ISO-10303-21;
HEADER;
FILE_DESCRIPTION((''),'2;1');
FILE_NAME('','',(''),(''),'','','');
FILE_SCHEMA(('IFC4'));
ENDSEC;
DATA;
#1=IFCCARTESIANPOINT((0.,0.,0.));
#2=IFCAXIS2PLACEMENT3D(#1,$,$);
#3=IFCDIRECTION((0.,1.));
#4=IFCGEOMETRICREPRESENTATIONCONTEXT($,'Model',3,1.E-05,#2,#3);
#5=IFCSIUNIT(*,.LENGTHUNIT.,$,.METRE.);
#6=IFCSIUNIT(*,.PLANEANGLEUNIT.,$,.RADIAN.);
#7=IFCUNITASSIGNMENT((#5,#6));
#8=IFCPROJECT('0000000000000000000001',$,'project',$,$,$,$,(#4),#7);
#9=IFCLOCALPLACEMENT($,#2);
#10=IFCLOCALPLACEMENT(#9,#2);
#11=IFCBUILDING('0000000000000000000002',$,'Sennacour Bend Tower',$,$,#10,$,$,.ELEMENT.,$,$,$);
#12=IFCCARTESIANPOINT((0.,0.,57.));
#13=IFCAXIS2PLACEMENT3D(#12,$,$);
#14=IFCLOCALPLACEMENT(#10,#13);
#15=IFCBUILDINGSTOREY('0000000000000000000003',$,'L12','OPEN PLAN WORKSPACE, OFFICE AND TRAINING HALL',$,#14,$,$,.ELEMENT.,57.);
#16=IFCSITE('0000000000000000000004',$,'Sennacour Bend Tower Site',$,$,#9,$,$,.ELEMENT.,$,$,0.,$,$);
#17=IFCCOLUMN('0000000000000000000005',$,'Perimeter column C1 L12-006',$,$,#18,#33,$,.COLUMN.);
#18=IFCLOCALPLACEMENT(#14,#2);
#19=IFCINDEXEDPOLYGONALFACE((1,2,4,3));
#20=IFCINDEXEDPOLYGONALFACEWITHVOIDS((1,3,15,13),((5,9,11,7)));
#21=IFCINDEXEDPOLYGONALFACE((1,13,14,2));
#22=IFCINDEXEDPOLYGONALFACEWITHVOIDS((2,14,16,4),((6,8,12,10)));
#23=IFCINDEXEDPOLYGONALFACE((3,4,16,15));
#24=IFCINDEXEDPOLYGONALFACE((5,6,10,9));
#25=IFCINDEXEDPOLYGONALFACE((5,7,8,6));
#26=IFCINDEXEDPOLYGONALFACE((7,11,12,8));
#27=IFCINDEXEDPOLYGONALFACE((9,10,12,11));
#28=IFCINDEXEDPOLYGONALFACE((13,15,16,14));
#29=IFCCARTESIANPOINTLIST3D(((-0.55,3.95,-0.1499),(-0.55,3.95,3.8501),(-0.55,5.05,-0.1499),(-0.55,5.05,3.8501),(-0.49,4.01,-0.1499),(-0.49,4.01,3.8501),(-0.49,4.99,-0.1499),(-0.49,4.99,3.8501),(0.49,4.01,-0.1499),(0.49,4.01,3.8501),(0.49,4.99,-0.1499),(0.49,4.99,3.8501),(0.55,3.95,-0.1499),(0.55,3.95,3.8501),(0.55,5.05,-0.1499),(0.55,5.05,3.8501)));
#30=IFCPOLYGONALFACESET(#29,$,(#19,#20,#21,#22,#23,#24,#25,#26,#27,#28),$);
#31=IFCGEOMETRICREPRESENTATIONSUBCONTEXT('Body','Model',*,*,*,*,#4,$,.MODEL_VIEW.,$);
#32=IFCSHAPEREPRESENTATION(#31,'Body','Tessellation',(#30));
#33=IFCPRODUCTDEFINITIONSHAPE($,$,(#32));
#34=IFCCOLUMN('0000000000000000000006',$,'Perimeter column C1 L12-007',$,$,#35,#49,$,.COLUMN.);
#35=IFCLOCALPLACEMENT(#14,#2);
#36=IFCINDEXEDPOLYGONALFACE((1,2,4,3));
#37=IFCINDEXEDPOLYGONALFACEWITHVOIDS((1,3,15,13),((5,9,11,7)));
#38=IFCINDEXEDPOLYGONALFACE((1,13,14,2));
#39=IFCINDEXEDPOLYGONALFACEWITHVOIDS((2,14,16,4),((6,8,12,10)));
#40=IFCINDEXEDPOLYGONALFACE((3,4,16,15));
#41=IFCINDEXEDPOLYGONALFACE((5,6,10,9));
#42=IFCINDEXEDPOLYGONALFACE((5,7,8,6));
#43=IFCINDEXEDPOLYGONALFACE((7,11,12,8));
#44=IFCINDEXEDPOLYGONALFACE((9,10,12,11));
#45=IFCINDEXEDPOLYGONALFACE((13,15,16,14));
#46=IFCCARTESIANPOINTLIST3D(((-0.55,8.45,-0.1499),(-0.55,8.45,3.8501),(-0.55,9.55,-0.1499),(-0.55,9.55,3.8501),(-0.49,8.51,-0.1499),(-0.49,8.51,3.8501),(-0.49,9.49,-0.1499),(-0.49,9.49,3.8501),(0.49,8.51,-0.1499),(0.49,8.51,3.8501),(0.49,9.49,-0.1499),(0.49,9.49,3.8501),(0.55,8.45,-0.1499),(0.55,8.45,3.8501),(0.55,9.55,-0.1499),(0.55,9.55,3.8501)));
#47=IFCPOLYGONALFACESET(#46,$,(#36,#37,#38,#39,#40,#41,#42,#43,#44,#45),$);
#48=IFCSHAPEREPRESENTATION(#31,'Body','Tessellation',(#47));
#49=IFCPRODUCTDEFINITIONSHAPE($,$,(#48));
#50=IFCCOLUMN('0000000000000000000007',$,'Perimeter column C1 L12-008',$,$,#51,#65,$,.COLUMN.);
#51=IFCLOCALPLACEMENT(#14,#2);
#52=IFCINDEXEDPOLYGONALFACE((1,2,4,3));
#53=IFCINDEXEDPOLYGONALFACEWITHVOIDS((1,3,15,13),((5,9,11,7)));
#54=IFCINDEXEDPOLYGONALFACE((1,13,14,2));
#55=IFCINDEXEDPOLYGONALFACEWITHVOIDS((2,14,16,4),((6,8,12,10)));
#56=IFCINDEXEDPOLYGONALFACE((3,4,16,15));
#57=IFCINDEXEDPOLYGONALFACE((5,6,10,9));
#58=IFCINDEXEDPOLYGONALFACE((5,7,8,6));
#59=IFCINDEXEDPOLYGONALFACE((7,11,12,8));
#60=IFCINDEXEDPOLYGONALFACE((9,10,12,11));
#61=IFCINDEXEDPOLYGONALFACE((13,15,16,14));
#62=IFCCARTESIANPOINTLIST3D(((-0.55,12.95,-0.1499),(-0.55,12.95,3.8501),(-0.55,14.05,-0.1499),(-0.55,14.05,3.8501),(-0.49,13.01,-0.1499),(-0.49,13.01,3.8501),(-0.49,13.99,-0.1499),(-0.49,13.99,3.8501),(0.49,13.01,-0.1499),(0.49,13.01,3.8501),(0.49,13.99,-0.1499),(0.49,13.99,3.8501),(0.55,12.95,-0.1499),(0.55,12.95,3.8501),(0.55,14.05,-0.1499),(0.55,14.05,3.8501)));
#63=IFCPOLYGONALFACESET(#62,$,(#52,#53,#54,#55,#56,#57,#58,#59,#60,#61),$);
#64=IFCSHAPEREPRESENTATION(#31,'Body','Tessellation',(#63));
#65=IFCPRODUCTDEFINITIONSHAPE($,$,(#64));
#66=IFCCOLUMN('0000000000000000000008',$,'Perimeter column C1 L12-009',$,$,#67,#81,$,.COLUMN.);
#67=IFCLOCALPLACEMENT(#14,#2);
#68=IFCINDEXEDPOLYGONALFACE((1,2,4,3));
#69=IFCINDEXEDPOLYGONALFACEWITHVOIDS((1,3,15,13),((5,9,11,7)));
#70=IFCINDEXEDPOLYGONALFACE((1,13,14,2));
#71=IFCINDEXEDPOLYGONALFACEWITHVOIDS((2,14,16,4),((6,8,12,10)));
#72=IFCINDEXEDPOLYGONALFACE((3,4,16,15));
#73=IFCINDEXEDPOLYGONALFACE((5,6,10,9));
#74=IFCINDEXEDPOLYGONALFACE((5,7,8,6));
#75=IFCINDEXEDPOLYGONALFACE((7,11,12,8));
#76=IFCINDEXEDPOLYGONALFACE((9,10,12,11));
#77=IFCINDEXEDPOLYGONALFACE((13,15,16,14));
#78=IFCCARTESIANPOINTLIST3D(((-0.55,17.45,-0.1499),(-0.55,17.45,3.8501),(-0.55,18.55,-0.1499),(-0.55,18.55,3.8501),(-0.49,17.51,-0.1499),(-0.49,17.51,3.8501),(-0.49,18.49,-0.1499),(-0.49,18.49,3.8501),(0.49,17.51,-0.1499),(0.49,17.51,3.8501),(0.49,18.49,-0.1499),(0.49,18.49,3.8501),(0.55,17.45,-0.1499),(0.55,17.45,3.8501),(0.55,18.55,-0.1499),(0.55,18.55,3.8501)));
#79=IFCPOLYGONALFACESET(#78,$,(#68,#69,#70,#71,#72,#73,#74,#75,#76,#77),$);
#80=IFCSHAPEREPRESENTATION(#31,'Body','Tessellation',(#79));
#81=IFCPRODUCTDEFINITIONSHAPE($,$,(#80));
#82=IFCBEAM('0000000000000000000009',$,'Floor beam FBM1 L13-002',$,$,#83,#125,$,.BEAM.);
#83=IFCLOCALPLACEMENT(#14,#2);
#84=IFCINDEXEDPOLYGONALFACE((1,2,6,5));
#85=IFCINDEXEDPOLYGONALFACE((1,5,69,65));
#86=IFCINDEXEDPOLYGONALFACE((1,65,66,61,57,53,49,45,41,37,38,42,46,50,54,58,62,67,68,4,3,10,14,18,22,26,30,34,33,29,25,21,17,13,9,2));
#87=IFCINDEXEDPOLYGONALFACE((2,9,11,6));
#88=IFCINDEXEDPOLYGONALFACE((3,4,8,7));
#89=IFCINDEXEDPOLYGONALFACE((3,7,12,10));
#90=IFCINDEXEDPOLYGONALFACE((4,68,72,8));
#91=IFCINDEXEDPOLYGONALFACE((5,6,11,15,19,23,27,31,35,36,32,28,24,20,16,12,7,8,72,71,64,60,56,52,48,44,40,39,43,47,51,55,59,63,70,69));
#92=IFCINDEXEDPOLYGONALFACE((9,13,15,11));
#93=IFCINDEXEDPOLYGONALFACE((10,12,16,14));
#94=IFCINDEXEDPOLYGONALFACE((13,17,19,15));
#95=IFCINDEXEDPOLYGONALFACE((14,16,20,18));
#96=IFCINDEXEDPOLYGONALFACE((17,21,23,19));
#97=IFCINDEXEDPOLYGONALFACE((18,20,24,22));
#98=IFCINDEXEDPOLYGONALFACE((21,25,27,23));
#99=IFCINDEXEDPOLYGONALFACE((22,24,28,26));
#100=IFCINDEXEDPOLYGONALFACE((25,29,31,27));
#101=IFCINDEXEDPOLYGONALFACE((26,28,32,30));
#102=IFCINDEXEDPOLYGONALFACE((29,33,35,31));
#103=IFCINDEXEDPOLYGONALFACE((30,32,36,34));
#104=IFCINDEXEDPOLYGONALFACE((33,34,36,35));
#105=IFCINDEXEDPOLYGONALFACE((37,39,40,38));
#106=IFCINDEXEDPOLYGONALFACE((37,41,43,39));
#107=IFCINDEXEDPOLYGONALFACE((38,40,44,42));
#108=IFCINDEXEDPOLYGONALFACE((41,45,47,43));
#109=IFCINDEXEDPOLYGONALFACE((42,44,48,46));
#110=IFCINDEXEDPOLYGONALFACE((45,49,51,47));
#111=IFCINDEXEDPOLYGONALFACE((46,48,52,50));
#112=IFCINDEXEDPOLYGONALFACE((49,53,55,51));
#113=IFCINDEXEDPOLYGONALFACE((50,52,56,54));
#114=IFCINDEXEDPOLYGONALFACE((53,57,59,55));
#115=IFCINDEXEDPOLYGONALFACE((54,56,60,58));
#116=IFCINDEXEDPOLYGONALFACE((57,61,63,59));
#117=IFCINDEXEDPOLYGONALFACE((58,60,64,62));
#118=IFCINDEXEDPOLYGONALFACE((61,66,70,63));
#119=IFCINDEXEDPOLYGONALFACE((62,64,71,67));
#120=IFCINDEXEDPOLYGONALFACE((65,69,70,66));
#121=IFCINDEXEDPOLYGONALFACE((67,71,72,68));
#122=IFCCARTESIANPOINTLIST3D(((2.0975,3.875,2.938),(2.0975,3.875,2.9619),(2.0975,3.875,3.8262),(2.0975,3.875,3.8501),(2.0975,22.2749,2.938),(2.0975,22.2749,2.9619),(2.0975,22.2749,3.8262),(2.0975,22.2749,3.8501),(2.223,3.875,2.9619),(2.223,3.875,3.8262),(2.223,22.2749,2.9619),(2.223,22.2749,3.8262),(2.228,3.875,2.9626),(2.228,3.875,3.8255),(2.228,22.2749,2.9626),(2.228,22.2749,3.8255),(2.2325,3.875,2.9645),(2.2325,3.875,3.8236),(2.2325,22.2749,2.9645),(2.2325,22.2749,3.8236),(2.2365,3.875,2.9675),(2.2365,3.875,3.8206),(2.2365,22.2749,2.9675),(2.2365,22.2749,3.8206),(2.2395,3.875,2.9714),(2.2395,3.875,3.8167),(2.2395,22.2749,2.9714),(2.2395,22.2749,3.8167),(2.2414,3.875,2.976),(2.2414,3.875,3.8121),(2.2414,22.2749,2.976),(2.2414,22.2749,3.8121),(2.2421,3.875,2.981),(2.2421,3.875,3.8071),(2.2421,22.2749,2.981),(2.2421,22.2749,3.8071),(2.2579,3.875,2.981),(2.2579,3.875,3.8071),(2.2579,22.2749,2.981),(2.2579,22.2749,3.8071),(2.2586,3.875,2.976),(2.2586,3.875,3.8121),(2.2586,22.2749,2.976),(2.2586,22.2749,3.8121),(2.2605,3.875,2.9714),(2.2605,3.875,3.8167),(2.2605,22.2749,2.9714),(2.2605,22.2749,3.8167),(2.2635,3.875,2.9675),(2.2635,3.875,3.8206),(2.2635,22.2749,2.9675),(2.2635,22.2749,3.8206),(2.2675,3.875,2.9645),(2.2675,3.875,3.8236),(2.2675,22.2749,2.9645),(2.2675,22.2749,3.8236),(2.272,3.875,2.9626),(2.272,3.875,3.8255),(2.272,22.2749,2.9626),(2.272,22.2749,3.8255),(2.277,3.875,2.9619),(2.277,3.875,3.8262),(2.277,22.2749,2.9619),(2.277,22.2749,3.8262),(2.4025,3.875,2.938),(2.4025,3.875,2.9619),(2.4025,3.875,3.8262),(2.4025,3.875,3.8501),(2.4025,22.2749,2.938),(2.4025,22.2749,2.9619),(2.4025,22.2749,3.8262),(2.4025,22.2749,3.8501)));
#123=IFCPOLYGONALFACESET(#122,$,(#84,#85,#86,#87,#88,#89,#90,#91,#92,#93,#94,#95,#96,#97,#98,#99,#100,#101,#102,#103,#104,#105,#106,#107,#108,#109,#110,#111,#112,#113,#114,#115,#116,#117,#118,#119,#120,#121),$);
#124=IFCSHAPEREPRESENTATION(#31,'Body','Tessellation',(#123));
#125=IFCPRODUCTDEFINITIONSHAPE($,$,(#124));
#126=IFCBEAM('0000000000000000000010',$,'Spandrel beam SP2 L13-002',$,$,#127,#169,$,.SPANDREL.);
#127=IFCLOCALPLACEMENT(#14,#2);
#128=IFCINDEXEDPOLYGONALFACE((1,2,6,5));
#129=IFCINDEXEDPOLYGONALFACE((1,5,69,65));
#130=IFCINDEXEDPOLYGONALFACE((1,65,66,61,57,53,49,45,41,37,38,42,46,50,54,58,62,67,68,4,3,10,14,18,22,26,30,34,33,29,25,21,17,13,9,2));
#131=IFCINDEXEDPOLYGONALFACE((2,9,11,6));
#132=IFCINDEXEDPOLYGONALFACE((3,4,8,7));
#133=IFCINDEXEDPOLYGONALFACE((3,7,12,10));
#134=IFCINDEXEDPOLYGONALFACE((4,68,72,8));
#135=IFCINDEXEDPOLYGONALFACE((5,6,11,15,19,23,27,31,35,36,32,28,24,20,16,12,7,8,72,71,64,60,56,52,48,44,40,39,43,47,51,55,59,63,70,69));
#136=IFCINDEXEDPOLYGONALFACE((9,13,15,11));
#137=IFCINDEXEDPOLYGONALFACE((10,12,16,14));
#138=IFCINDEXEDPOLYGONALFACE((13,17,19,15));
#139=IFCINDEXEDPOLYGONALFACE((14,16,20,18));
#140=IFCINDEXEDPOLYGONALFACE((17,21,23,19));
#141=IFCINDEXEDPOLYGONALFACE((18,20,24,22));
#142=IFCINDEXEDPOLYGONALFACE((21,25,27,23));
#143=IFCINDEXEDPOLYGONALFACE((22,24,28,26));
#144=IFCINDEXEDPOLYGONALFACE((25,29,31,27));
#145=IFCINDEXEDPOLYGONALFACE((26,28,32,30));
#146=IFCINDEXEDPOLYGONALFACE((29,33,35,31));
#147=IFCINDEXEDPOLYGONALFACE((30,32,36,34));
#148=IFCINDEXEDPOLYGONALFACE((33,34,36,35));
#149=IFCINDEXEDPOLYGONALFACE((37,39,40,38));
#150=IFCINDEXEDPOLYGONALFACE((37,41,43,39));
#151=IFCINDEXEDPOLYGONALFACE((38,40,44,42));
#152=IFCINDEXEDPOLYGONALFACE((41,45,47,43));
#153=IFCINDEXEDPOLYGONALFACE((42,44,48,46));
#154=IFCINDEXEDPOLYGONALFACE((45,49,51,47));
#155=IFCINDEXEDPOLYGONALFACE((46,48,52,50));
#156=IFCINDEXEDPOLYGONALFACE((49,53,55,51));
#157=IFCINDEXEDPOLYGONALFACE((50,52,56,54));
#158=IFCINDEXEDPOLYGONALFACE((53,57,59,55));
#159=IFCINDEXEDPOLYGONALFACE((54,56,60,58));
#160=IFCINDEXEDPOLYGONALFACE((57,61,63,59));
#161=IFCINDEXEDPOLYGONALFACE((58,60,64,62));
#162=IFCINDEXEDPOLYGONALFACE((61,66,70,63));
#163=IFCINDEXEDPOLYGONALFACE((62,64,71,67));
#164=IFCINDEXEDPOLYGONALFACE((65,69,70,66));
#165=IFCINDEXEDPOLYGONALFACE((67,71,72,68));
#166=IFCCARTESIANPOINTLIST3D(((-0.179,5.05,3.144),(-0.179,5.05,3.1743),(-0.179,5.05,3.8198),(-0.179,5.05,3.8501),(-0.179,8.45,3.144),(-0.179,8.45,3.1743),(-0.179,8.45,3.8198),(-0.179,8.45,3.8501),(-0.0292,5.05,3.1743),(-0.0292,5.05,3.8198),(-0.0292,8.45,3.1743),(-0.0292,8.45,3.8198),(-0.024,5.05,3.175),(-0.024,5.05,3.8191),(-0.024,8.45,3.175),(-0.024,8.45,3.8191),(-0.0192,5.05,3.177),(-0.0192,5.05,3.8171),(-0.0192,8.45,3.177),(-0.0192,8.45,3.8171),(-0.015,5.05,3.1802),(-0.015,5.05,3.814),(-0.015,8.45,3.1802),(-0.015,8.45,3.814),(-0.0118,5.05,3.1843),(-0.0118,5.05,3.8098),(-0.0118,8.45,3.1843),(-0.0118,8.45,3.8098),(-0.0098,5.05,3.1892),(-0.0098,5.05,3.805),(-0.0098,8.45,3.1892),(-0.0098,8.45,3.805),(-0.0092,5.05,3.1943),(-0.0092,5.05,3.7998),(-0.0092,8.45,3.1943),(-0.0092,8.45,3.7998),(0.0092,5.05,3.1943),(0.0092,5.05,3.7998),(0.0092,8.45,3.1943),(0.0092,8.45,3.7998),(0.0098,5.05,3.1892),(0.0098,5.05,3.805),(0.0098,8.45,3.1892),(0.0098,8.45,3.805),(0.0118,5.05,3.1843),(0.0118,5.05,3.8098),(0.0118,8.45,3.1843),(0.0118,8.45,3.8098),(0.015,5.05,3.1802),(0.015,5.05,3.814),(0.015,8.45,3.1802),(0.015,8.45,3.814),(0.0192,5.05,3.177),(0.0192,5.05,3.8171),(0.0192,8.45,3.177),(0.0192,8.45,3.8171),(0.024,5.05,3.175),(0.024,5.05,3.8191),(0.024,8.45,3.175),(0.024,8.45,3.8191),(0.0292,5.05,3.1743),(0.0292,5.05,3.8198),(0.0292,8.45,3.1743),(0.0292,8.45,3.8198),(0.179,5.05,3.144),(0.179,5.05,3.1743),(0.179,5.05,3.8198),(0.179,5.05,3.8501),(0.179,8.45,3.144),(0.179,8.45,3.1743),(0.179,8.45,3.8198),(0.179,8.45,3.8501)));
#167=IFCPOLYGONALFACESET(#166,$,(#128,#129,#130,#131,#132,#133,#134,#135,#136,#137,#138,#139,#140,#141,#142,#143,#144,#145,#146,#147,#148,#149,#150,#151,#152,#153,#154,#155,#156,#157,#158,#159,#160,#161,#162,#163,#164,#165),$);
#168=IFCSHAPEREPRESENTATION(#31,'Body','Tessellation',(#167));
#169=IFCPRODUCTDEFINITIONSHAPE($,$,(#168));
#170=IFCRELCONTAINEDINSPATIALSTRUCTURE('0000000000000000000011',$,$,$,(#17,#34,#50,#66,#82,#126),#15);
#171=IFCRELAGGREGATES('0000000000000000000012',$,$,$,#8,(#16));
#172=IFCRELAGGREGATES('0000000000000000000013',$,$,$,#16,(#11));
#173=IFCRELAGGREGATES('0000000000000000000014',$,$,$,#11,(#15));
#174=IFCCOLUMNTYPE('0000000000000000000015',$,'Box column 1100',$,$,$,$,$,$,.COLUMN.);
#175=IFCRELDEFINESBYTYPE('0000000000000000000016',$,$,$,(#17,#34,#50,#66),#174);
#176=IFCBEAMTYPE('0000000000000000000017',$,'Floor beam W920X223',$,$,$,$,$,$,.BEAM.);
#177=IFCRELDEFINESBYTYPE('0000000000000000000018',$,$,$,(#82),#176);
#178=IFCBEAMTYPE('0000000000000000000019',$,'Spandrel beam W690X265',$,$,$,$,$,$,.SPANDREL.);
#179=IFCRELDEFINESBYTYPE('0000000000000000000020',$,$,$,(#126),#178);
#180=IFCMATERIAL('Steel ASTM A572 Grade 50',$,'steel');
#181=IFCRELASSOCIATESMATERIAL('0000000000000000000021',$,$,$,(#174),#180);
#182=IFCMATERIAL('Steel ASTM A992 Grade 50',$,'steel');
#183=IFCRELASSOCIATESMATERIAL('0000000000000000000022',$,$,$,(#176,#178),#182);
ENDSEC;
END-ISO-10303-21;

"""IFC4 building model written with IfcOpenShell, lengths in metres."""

from ifc_helpers import new_model, si_unit, direction, frame, origin, origin_2d, place, context, subcontext, project, spatial, hollow_rectangle, i_section, extrude, material, material_profile, profile_set, type_object, element, save


model = new_model("IFC4")

# Units and contexts
model_context = context("Model", 3, precision=1e-05, world=origin(), true_north=direction((0.0, 1.0)))
body_context = subcontext(model_context, "Body", "Model", "MODEL_VIEW")
ifc_project = project(units=[si_unit("LENGTHUNIT", "METRE"), si_unit("PLANEANGLEUNIT", "RADIAN")], contexts=[model_context])

# Site, building, storey
site_placement = place(None, origin())
site = spatial("IfcSite", under=ifc_project, at=site_placement, Name="Sennacour Bend Tower Site", CompositionType="ELEMENT", RefElevation=0.0)
building_placement = place(site_placement, origin())
building = spatial("IfcBuilding", under=site, at=building_placement, Name="Sennacour Bend Tower", CompositionType="ELEMENT")
storey_placement = place(building_placement, frame((0.0, 0.0, 57.0)))
storey = spatial("IfcBuildingStorey", under=building, at=storey_placement, Name="L12", Description="OPEN PLAN WORKSPACE, OFFICE AND TRAINING HALL", CompositionType="ELEMENT", Elevation=57.0)

# Columns
ifc_material_1 = material(Name="Steel ASTM A572 Grade 50", Category="steel")
ifc_material_profile_1 = material_profile(ifc_material_1, hollow_rectangle(XDim=1.1001, YDim=1.1001, WallThickness=0.0601, at=origin_2d()), Name="Steel ASTM A572 Grade 50", Category="steel")
ifc_profile_set_1 = profile_set([ifc_material_profile_1], Name="Steel ASTM A572 Grade 50")
column_type = type_object("IfcColumnType", Name="Box column 1100", PredefinedType="COLUMN", material=ifc_profile_set_1)
for number, where, z_axis, x_axis, name in (
    (1, (0.0, 4.5, -0.1499), (0.0, 0.0, 1.0), (1.0, 0.0, 0.0), "Perimeter column C1 L12-006"),
    (2, (0.0, 9.0, -0.1499), (0.0, 0.0, 1.0), (1.0, 0.0, 0.0), "Perimeter column C1 L12-007"),
    (3, (0.0, 13.5, -0.1499), (0.0, 0.0, 1.0), (1.0, 0.0, 0.0), "Perimeter column C1 L12-008"),
    (4, (0.0, 18.0, -0.1499), (0.0, 0.0, 1.0), (1.0, 0.0, 0.0), "Perimeter column C1 L12-009"),
):
    element("IfcColumn", number, at=place(storey_placement, frame(where, z_axis=z_axis, x_axis=x_axis)), inside=storey, type_object=column_type, Name=name, PredefinedType="COLUMN", context=body_context, shape_type="SweptSolid", body=[
        extrude(hollow_rectangle(XDim=1.1001, YDim=1.1001, WallThickness=0.0601, at=origin_2d()), origin(), (0.0, 0.0, 1.0), 4.0),
    ])

# Beams
ifc_material_2 = material(Name="Steel ASTM A992 Grade 50", Category="steel")
ifc_material_profile_2 = material_profile(ifc_material_2, i_section(OverallWidth=0.3049, OverallDepth=0.9121, WebThickness=0.0159, FlangeThickness=0.0239, FilletRadius=0.019, at=origin_2d()), Name="Steel ASTM A992 Grade 50", Category="steel")
ifc_profile_set_2 = profile_set([ifc_material_profile_2], Name="Steel ASTM A992 Grade 50")
beam_type_1 = type_object("IfcBeamType", Name="Floor beam W920X223", PredefinedType="BEAM", material=ifc_profile_set_2)
beam_placement = place(storey_placement, frame((2.25, 3.875, 3.394), z_axis=(0.0, 1.0, 0.0), x_axis=(-1.0, 0.0, 0.0)))
element("IfcBeam", 5, at=beam_placement, inside=storey, type_object=beam_type_1, Name="Floor beam FBM1 L13-002", PredefinedType="BEAM", context=body_context, shape_type="SweptSolid", body=[
    extrude(i_section(OverallWidth=0.3049, OverallDepth=0.9121, WebThickness=0.0159, FlangeThickness=0.0239, FilletRadius=0.019, at=origin_2d()), origin(), (0.0, 0.0, 1.0), 18.3999),
])
ifc_material_profile_3 = material_profile(ifc_material_2, i_section(OverallWidth=0.3579, OverallDepth=0.7061, WebThickness=0.0183, FlangeThickness=0.0303, FilletRadius=0.02, at=origin_2d()), Name="Steel ASTM A992 Grade 50", Category="steel")
ifc_profile_set_3 = profile_set([ifc_material_profile_3], Name="Steel ASTM A992 Grade 50")
beam_type_2 = type_object("IfcBeamType", Name="Spandrel beam W690X265", PredefinedType="SPANDREL", material=ifc_profile_set_3)
for number, where, z_axis, x_axis, name in (
    (6, (0.0, 5.05, 3.4971), (0.0, 1.0, 0.0), (-1.0, 0.0, 0.0), "Spandrel beam SP2 L13-002"),
):
    element("IfcBeam", number, at=place(storey_placement, frame(where, z_axis=z_axis, x_axis=x_axis)), inside=storey, type_object=beam_type_2, Name=name, PredefinedType="SPANDREL", context=body_context, shape_type="SweptSolid", body=[
        extrude(i_section(OverallWidth=0.3579, OverallDepth=0.7061, WebThickness=0.0183, FlangeThickness=0.0303, FilletRadius=0.02, at=origin_2d()), origin(), (0.0, 0.0, 1.0), 3.3999),
    ])

save(model, "model.ifc")
